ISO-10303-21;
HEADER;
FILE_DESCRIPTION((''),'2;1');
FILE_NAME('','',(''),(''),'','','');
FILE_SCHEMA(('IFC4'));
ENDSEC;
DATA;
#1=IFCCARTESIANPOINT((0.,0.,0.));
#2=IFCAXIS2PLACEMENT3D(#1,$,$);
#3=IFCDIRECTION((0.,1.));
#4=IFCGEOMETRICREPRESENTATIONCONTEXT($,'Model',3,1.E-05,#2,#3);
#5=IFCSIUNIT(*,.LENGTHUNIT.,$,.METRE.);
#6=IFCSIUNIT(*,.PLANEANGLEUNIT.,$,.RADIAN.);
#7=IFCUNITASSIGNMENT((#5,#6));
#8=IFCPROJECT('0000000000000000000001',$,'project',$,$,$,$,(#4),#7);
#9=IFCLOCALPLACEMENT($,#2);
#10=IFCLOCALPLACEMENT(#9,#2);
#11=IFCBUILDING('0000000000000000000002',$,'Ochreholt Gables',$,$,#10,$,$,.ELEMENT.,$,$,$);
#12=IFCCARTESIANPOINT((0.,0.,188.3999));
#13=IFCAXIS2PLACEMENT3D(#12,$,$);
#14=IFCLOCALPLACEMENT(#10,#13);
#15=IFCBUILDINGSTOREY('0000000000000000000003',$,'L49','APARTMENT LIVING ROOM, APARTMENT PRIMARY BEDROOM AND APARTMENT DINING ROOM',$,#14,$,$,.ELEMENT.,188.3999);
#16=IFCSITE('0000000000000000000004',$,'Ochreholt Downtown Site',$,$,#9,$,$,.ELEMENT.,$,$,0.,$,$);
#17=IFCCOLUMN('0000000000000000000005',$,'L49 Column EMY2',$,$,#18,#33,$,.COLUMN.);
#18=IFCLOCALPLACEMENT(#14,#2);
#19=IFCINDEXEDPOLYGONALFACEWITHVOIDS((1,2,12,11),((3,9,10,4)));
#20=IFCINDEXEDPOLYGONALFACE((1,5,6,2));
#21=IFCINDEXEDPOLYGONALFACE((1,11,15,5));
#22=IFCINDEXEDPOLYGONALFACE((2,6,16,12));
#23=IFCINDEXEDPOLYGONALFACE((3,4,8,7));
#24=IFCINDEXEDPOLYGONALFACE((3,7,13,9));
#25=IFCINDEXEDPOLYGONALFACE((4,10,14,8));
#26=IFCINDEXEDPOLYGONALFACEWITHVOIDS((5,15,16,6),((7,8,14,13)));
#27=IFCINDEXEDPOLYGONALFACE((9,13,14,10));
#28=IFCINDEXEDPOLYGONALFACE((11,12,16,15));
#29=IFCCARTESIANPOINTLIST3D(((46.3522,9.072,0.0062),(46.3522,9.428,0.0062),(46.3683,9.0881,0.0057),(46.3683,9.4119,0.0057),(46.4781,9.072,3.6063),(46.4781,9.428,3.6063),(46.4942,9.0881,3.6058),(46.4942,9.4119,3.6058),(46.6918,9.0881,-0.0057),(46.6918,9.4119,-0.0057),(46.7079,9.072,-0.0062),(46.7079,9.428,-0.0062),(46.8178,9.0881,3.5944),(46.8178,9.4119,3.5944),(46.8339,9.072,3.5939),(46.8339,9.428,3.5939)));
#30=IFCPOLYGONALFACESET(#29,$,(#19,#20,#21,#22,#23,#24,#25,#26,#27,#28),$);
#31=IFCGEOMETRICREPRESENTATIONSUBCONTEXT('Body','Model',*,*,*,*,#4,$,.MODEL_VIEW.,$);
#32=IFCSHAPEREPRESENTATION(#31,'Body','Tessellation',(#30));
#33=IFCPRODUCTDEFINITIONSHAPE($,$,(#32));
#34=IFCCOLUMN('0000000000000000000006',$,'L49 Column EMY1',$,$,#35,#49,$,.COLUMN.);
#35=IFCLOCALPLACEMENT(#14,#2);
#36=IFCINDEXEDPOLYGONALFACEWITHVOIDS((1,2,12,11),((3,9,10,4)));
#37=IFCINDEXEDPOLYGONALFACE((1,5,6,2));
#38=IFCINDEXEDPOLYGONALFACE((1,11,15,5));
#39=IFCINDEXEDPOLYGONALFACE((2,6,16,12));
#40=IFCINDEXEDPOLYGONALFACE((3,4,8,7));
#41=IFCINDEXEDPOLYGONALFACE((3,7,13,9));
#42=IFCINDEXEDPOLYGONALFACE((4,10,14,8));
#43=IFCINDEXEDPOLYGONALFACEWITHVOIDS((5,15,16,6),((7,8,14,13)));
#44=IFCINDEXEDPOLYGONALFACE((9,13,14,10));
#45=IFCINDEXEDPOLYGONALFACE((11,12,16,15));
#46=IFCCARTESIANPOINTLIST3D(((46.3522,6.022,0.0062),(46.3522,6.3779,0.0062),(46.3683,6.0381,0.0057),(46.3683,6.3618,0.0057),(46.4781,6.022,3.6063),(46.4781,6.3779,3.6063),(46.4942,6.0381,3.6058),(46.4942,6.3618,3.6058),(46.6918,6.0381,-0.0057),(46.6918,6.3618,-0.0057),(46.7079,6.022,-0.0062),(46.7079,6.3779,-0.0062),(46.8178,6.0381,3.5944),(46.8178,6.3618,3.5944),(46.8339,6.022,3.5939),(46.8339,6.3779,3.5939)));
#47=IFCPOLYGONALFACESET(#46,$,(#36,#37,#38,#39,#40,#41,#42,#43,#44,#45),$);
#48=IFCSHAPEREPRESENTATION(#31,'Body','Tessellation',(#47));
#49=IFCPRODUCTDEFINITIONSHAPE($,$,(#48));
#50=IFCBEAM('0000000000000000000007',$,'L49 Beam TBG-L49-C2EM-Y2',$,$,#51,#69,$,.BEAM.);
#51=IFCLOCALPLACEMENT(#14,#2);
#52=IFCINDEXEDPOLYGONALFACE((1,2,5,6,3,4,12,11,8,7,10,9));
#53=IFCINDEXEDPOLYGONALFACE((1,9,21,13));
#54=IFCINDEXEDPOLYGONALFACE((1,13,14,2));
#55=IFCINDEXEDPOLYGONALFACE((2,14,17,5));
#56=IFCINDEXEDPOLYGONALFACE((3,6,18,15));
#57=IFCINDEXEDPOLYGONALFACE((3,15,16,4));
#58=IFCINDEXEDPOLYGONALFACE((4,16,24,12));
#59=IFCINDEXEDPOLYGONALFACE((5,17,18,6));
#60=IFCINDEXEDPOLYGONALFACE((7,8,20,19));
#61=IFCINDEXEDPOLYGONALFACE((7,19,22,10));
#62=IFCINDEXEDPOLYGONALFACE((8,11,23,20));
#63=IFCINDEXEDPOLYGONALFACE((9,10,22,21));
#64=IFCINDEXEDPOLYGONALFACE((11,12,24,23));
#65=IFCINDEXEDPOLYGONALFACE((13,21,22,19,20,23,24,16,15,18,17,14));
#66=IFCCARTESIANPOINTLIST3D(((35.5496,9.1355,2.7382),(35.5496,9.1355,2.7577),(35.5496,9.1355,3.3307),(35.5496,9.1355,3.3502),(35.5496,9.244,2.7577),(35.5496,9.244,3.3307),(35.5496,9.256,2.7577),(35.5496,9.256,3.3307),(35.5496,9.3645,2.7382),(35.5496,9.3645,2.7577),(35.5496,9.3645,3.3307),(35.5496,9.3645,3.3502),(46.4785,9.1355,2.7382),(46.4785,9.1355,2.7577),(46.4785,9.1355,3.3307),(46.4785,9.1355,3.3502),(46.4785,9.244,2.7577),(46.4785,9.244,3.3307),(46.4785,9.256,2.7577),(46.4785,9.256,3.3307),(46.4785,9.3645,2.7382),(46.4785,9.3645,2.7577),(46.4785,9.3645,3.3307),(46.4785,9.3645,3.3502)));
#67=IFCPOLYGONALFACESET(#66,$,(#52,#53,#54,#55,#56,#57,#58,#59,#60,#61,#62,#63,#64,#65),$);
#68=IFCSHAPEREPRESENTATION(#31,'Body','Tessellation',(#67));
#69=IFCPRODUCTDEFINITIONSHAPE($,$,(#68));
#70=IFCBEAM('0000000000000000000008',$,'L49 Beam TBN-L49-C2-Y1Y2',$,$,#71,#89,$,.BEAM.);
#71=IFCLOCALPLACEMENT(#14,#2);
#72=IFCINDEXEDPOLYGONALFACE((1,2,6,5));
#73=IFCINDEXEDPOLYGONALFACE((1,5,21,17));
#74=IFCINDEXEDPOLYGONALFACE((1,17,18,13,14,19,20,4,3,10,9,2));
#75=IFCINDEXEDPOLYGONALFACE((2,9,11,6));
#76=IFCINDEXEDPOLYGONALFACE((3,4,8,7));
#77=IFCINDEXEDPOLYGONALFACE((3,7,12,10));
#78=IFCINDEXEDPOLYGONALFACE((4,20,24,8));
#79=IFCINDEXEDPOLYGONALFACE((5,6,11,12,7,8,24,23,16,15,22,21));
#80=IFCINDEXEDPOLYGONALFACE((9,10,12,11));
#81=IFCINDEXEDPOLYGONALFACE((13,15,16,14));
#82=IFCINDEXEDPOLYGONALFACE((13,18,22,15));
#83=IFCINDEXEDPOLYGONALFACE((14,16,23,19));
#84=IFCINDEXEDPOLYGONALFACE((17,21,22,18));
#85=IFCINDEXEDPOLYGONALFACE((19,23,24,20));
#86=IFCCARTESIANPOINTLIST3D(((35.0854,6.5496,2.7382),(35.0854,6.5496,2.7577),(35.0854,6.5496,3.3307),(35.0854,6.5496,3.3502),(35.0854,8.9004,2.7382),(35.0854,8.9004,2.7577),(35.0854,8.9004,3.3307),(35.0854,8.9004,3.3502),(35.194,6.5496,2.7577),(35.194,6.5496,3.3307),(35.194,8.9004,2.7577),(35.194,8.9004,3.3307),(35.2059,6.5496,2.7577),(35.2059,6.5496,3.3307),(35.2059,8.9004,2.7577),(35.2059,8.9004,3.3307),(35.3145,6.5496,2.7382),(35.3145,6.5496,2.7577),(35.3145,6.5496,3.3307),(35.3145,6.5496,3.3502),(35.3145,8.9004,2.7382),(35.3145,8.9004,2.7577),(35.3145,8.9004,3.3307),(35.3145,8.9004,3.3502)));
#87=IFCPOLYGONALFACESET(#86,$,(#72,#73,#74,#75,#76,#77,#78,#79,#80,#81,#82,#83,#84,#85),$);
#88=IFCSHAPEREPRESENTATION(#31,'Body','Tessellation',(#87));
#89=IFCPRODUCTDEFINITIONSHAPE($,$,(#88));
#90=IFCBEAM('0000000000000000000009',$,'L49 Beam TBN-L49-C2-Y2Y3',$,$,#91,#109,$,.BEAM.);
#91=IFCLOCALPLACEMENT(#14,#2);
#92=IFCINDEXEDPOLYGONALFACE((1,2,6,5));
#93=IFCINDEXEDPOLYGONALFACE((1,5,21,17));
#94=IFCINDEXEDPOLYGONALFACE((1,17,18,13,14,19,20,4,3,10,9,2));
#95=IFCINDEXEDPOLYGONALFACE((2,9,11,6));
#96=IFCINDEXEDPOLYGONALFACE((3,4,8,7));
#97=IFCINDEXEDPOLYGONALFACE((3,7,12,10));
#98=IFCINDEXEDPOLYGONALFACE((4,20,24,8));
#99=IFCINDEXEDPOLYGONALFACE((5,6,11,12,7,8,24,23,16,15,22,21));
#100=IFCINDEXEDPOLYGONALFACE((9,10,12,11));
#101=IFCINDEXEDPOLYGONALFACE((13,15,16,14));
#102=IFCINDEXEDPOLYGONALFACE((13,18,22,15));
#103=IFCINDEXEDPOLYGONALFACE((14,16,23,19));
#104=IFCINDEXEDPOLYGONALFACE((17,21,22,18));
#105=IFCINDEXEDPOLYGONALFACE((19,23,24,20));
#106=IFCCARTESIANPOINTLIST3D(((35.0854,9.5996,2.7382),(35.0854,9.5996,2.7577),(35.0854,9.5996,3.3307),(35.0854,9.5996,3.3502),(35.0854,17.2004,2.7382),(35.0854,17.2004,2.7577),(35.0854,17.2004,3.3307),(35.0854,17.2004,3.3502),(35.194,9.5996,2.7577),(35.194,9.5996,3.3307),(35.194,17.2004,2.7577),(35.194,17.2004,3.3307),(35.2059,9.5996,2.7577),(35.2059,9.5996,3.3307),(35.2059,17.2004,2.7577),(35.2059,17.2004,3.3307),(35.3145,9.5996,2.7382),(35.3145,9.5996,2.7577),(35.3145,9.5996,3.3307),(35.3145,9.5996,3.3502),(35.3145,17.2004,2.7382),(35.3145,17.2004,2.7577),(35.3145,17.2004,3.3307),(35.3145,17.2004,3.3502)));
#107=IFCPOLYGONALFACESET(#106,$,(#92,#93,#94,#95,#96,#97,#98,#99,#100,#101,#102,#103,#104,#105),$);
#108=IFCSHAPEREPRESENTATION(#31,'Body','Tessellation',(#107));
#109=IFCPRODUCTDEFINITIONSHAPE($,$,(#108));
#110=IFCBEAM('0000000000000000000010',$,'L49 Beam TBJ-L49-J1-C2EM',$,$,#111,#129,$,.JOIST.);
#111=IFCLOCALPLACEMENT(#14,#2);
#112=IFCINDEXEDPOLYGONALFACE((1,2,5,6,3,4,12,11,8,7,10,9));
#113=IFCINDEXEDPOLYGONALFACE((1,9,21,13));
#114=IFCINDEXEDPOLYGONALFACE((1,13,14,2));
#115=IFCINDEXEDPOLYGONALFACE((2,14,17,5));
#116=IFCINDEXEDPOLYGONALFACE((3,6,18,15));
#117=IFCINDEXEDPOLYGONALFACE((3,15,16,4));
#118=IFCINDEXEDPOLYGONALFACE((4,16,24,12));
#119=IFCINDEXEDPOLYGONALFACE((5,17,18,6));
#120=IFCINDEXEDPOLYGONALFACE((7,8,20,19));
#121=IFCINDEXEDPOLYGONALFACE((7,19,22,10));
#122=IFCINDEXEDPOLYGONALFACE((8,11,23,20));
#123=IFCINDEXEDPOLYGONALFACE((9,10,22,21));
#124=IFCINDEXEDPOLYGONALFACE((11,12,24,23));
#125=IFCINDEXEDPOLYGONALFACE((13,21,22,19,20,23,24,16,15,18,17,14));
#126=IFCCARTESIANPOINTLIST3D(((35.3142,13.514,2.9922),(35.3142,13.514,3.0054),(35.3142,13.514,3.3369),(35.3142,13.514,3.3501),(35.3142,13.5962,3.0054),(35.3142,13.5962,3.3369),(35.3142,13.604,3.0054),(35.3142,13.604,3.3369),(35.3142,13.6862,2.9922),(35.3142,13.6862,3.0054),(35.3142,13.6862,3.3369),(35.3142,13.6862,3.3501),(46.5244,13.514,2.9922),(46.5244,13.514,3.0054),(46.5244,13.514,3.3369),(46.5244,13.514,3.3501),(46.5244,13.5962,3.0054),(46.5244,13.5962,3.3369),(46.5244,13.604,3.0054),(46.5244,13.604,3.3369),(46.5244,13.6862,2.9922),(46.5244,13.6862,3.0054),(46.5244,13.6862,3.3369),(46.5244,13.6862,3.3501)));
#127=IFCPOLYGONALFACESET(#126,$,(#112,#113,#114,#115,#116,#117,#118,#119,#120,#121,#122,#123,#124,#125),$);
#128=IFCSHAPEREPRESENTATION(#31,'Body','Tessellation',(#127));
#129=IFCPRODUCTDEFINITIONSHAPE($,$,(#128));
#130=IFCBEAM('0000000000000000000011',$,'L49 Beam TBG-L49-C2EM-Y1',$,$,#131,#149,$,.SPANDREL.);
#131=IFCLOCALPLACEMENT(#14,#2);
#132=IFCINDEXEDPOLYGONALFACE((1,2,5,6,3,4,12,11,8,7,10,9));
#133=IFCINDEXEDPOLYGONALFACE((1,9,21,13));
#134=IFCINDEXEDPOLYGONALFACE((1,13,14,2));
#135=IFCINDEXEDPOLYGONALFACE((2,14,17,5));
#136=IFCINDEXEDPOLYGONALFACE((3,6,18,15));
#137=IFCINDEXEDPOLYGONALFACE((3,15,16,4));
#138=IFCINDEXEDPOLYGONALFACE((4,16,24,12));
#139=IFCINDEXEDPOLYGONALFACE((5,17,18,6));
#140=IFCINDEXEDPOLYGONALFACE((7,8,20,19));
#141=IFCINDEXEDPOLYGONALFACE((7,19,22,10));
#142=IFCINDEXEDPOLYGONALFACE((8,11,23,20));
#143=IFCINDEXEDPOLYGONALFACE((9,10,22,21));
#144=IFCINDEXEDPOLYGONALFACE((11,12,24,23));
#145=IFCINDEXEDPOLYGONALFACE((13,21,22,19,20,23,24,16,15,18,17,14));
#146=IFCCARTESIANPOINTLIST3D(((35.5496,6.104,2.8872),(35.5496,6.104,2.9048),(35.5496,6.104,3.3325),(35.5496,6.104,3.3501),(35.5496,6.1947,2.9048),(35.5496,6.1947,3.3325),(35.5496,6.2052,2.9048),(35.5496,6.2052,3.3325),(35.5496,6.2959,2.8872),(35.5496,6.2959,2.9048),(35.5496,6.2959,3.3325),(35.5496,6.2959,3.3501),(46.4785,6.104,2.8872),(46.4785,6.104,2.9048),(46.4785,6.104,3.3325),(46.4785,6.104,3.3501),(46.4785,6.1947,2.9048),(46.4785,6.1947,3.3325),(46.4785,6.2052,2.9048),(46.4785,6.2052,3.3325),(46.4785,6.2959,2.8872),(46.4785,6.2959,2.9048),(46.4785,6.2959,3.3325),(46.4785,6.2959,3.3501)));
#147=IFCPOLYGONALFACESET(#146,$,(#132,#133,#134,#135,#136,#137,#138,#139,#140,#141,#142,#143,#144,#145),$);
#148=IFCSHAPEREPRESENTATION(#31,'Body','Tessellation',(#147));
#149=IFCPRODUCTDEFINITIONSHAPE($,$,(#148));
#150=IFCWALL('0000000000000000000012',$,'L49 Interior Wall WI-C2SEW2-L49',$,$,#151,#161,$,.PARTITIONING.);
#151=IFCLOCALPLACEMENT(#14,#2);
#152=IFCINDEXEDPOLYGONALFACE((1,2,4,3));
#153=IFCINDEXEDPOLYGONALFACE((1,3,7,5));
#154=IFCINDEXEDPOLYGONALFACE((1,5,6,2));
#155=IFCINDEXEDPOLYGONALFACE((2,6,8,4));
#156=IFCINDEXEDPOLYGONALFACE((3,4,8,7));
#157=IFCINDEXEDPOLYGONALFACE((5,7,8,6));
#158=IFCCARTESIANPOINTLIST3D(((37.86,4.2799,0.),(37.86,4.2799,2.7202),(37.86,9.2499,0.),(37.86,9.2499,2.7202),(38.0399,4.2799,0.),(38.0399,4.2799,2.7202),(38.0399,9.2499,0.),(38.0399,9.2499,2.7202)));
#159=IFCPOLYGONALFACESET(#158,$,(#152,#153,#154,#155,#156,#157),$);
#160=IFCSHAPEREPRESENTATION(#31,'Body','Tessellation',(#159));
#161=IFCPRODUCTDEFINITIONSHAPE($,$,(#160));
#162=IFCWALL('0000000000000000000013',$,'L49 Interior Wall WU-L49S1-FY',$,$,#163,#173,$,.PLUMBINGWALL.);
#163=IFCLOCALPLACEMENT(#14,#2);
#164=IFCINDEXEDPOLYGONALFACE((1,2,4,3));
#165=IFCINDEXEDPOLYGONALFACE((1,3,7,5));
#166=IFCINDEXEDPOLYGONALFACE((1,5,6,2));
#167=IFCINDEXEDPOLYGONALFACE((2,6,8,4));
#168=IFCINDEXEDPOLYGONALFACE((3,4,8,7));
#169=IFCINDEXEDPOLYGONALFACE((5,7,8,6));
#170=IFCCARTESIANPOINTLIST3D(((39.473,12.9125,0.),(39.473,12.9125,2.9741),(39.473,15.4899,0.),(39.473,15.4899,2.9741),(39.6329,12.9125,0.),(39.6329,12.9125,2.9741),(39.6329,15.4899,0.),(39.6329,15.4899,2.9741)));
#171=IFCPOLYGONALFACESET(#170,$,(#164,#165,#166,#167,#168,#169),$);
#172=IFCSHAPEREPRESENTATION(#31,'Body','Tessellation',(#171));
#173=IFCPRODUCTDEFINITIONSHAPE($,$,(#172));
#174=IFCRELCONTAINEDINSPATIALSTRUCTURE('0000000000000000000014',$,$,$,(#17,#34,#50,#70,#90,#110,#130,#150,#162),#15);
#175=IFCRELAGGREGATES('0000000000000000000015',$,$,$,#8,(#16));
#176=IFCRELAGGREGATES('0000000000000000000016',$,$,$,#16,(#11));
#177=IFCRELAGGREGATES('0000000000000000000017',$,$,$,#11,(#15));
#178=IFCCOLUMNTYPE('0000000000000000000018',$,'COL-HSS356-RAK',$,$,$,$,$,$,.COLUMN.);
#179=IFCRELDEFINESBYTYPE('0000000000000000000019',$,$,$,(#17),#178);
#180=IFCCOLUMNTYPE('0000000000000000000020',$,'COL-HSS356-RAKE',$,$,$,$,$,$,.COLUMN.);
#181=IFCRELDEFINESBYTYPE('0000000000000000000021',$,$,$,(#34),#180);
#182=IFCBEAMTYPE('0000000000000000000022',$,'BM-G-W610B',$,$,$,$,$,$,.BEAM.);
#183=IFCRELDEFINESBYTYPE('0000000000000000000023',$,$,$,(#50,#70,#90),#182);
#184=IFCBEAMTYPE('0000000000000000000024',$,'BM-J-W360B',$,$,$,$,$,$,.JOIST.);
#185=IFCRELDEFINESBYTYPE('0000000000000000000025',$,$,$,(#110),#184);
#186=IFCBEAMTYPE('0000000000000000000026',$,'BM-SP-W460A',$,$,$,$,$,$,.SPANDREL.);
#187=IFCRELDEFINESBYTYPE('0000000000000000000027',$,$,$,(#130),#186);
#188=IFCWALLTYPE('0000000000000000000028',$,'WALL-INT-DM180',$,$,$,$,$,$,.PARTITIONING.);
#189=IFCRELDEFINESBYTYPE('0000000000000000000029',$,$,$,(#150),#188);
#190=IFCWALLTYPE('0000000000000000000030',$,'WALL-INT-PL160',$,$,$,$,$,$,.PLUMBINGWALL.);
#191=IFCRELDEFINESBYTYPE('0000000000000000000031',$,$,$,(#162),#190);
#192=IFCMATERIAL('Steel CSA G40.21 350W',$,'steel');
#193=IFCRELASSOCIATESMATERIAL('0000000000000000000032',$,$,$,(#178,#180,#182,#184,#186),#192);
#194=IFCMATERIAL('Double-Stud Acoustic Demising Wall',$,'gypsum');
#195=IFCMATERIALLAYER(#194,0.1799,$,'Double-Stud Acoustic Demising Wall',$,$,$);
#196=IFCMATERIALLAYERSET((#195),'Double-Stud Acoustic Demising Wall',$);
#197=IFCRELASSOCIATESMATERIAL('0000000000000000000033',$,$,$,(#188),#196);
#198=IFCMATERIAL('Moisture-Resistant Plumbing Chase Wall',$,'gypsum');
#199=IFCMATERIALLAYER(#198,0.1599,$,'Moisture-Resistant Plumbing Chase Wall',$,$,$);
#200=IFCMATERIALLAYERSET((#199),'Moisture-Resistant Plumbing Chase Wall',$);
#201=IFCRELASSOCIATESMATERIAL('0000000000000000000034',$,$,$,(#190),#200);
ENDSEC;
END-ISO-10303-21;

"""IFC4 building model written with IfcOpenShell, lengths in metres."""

from ifc_helpers import new_model, si_unit, direction, frame, frame_2d, origin, origin_2d, place, context, subcontext, project, spatial, rectangle, hollow_rectangle, i_section, extrude, material, layer, layer_set, material_profile, profile_set, type_object, element, save


model = new_model("IFC4")

# Units and contexts
model_context = context("Model", 3, precision=1e-05, world=origin(), true_north=direction((0.0, 1.0)))
body_context = subcontext(model_context, "Body", "Model", "MODEL_VIEW")
ifc_project = project(units=[si_unit("LENGTHUNIT", "METRE"), si_unit("PLANEANGLEUNIT", "RADIAN")], contexts=[model_context])

# Site, building, storey
site_placement = place(None, origin())
site = spatial("IfcSite", under=ifc_project, at=site_placement, Name="Ochreholt Downtown Site", CompositionType="ELEMENT", RefElevation=0.0)
building_placement = place(site_placement, origin())
building = spatial("IfcBuilding", under=site, at=building_placement, Name="Ochreholt Gables", CompositionType="ELEMENT")
storey_placement = place(building_placement, frame((0.0, 0.0, 188.3999)))
storey = spatial("IfcBuildingStorey", under=building, at=storey_placement, Name="L49", Description="APARTMENT LIVING ROOM, APARTMENT PRIMARY BEDROOM AND APARTMENT DINING ROOM", CompositionType="ELEMENT", Elevation=188.3999)

# Columns
ifc_material_1 = material(Name="Steel CSA G40.21 350W", Category="steel")
ifc_material_profile_1 = material_profile(ifc_material_1, hollow_rectangle(XDim=0.356, YDim=0.356, WallThickness=0.0161, at=origin_2d()), Name="HSS356X356X16")
ifc_profile_set_1 = profile_set([ifc_material_profile_1], Name="Steel CSA G40.21 350W")
column_type_1 = type_object("IfcColumnType", Name="COL-HSS356-RAK", PredefinedType="COLUMN", material=ifc_profile_set_1)
column_1_placement = place(storey_placement, frame((46.53, 9.25, 0.0), z_axis=(0.034971, 0.0, 0.999388), x_axis=(0.0, 1.0, 0.0)))
element("IfcColumn", 1, at=column_1_placement, inside=storey, type_object=column_type_1, Name="L49 Column EMY2", PredefinedType="COLUMN", context=body_context, shape_type="SweptSolid", body=[
    extrude(hollow_rectangle(XDim=0.356, YDim=0.356, WallThickness=0.0161, at=origin_2d()), origin(), (0.0, 0.0, 1.0), 3.6023),
])
ifc_material_profile_2 = material_profile(ifc_material_1, hollow_rectangle(XDim=0.356, YDim=0.356, WallThickness=0.0161, at=origin_2d()), Name="HSS356X356X16")
ifc_profile_set_2 = profile_set([ifc_material_profile_2], Name="Steel CSA G40.21 350W")
column_type_2 = type_object("IfcColumnType", Name="COL-HSS356-RAKE", PredefinedType="COLUMN", material=ifc_profile_set_2)
column_2_placement = place(storey_placement, frame((46.53, 6.2, 0.0), z_axis=(0.034971, 0.0, 0.999388), x_axis=(0.0, 1.0, 0.0)))
element("IfcColumn", 2, at=column_2_placement, inside=storey, type_object=column_type_2, Name="L49 Column EMY1", PredefinedType="COLUMN", context=body_context, shape_type="SweptSolid", body=[
    extrude(hollow_rectangle(XDim=0.356, YDim=0.356, WallThickness=0.0161, at=origin_2d()), origin(), (0.0, 0.0, 1.0), 3.6023),
])

# Beams
ifc_material_profile_3 = material_profile(ifc_material_1, i_section(OverallWidth=0.229, OverallDepth=0.6121, WebThickness=0.012, FlangeThickness=0.0195, at=origin_2d()), Name="W610X125")
ifc_profile_set_3 = profile_set([ifc_material_profile_3], Name="Steel CSA G40.21 350W")
beam_type_1 = type_object("IfcBeamType", Name="BM-G-W610B", PredefinedType="BEAM", material=ifc_profile_set_3)
beam_1_placement = place(storey_placement, frame((35.5496, 9.25, 3.0442), z_axis=(1.0, 0.0, 0.0), x_axis=(0.0, 1.0, 0.0)))
element("IfcBeam", 3, at=beam_1_placement, inside=storey, type_object=beam_type_1, Name="L49 Beam TBG-L49-C2EM-Y2", PredefinedType="BEAM", context=body_context, shape_type="SweptSolid", body=[
    extrude(i_section(OverallWidth=0.229, OverallDepth=0.6121, WebThickness=0.012, FlangeThickness=0.0195, at=origin_2d()), origin(), (0.0, 0.0, 1.0), 10.929),
])
beam_2_placement = place(storey_placement, frame((35.2, 6.5496, 3.0442), z_axis=(0.0, 1.0, 0.0), x_axis=(-1.0, 0.0, 0.0)))
element("IfcBeam", 4, at=beam_2_placement, inside=storey, type_object=beam_type_1, Name="L49 Beam TBN-L49-C2-Y1Y2", PredefinedType="BEAM", context=body_context, shape_type="SweptSolid", body=[
    extrude(i_section(OverallWidth=0.229, OverallDepth=0.6121, WebThickness=0.012, FlangeThickness=0.0195, at=origin_2d()), origin(), (0.0, 0.0, 1.0), 2.3508),
])
beam_3_placement = place(storey_placement, frame((35.2, 9.5996, 3.0442), z_axis=(0.0, 1.0, 0.0), x_axis=(-1.0, 0.0, 0.0)))
element("IfcBeam", 5, at=beam_3_placement, inside=storey, type_object=beam_type_1, Name="L49 Beam TBN-L49-C2-Y2Y3", PredefinedType="BEAM", context=body_context, shape_type="SweptSolid", body=[
    extrude(i_section(OverallWidth=0.229, OverallDepth=0.6121, WebThickness=0.012, FlangeThickness=0.0195, at=origin_2d()), origin(), (0.0, 0.0, 1.0), 7.6008),
])
ifc_material_profile_4 = material_profile(ifc_material_1, i_section(OverallWidth=0.1721, OverallDepth=0.3579, WebThickness=0.0078, FlangeThickness=0.0132, at=origin_2d()), Name="W360X57")
ifc_profile_set_4 = profile_set([ifc_material_profile_4], Name="Steel CSA G40.21 350W")
beam_type_2 = type_object("IfcBeamType", Name="BM-J-W360B", PredefinedType="JOIST", material=ifc_profile_set_4)
beam_4_placement = place(storey_placement, frame((35.3142, 13.6001, 3.1711), z_axis=(1.0, 0.0, 0.0), x_axis=(0.0, 1.0, 0.0)))
element("IfcBeam", 6, at=beam_4_placement, inside=storey, type_object=beam_type_2, Name="L49 Beam TBJ-L49-J1-C2EM", PredefinedType="JOIST", context=body_context, shape_type="SweptSolid", body=[
    extrude(i_section(OverallWidth=0.1721, OverallDepth=0.3579, WebThickness=0.0078, FlangeThickness=0.0132, at=origin_2d()), origin(), (0.0, 0.0, 1.0), 11.2102),
])
ifc_material_profile_5 = material_profile(ifc_material_1, i_section(OverallWidth=0.1919, OverallDepth=0.4629, WebThickness=0.0105, FlangeThickness=0.0176, at=origin_2d()), Name="W460X89")
ifc_profile_set_5 = profile_set([ifc_material_profile_5], Name="Steel CSA G40.21 350W")
beam_type_3 = type_object("IfcBeamType", Name="BM-SP-W460A", PredefinedType="SPANDREL", material=ifc_profile_set_5)
beam_5_placement = place(storey_placement, frame((35.5496, 6.2, 3.1187), z_axis=(1.0, 0.0, 0.0), x_axis=(0.0, 1.0, 0.0)))
element("IfcBeam", 7, at=beam_5_placement, inside=storey, type_object=beam_type_3, Name="L49 Beam TBG-L49-C2EM-Y1", PredefinedType="SPANDREL", context=body_context, shape_type="SweptSolid", body=[
    extrude(i_section(OverallWidth=0.1919, OverallDepth=0.4629, WebThickness=0.0105, FlangeThickness=0.0176, at=origin_2d()), origin(), (0.0, 0.0, 1.0), 10.929),
])

# Shared definitions
ifc_material_2 = material(Name="Double-Stud Acoustic Demising Wall", Category="gypsum")
ifc_layer_1 = layer(ifc_material_2, 0.1799, Name="Double-Stud Acoustic Demising Wall")
ifc_layer_set_1 = layer_set([ifc_layer_1], Name="Double-Stud Acoustic Demising Wall")
wall_type_1 = type_object("IfcWallType", Name="WALL-INT-DM180", PredefinedType="PARTITIONING", material=ifc_layer_set_1)

# Wall
wall_1_placement = place(storey_placement, frame((37.95, 4.28, 0.0), z_axis=(0.0, 0.0, 1.0), x_axis=(0.0, 1.0, 0.0)))
element("IfcWall", 8, at=wall_1_placement, inside=storey, type_object=wall_type_1, Name="L49 Interior Wall WI-C2SEW2-L49", PredefinedType="PARTITIONING", context=body_context, shape_type="SweptSolid", body=[
    extrude(rectangle(XDim=4.97, YDim=0.1799, at=frame_2d((2.4849, 0.0))), origin(), (0.0, 0.0, 1.0), 2.7202),
])

# Shared definitions
ifc_material_3 = material(Name="Moisture-Resistant Plumbing Chase Wall", Category="gypsum")
ifc_layer_2 = layer(ifc_material_3, 0.1599, Name="Moisture-Resistant Plumbing Chase Wall")
ifc_layer_set_2 = layer_set([ifc_layer_2], Name="Moisture-Resistant Plumbing Chase Wall")
wall_type_2 = type_object("IfcWallType", Name="WALL-INT-PL160", PredefinedType="PLUMBINGWALL", material=ifc_layer_set_2)

# Wall
wall_2_placement = place(storey_placement, frame((39.553, 12.9126, 0.0), z_axis=(0.0, 0.0, 1.0), x_axis=(0.0, 1.0, 0.0)))
element("IfcWall", 9, at=wall_2_placement, inside=storey, type_object=wall_type_2, Name="L49 Interior Wall WU-L49S1-FY", PredefinedType="PLUMBINGWALL", context=body_context, shape_type="SweptSolid", body=[
    extrude(rectangle(XDim=2.5774, YDim=0.1599, at=frame_2d((1.2886, 0.0))), origin(), (0.0, 0.0, 1.0), 2.9741),
])

save(model, "model.ifc")
